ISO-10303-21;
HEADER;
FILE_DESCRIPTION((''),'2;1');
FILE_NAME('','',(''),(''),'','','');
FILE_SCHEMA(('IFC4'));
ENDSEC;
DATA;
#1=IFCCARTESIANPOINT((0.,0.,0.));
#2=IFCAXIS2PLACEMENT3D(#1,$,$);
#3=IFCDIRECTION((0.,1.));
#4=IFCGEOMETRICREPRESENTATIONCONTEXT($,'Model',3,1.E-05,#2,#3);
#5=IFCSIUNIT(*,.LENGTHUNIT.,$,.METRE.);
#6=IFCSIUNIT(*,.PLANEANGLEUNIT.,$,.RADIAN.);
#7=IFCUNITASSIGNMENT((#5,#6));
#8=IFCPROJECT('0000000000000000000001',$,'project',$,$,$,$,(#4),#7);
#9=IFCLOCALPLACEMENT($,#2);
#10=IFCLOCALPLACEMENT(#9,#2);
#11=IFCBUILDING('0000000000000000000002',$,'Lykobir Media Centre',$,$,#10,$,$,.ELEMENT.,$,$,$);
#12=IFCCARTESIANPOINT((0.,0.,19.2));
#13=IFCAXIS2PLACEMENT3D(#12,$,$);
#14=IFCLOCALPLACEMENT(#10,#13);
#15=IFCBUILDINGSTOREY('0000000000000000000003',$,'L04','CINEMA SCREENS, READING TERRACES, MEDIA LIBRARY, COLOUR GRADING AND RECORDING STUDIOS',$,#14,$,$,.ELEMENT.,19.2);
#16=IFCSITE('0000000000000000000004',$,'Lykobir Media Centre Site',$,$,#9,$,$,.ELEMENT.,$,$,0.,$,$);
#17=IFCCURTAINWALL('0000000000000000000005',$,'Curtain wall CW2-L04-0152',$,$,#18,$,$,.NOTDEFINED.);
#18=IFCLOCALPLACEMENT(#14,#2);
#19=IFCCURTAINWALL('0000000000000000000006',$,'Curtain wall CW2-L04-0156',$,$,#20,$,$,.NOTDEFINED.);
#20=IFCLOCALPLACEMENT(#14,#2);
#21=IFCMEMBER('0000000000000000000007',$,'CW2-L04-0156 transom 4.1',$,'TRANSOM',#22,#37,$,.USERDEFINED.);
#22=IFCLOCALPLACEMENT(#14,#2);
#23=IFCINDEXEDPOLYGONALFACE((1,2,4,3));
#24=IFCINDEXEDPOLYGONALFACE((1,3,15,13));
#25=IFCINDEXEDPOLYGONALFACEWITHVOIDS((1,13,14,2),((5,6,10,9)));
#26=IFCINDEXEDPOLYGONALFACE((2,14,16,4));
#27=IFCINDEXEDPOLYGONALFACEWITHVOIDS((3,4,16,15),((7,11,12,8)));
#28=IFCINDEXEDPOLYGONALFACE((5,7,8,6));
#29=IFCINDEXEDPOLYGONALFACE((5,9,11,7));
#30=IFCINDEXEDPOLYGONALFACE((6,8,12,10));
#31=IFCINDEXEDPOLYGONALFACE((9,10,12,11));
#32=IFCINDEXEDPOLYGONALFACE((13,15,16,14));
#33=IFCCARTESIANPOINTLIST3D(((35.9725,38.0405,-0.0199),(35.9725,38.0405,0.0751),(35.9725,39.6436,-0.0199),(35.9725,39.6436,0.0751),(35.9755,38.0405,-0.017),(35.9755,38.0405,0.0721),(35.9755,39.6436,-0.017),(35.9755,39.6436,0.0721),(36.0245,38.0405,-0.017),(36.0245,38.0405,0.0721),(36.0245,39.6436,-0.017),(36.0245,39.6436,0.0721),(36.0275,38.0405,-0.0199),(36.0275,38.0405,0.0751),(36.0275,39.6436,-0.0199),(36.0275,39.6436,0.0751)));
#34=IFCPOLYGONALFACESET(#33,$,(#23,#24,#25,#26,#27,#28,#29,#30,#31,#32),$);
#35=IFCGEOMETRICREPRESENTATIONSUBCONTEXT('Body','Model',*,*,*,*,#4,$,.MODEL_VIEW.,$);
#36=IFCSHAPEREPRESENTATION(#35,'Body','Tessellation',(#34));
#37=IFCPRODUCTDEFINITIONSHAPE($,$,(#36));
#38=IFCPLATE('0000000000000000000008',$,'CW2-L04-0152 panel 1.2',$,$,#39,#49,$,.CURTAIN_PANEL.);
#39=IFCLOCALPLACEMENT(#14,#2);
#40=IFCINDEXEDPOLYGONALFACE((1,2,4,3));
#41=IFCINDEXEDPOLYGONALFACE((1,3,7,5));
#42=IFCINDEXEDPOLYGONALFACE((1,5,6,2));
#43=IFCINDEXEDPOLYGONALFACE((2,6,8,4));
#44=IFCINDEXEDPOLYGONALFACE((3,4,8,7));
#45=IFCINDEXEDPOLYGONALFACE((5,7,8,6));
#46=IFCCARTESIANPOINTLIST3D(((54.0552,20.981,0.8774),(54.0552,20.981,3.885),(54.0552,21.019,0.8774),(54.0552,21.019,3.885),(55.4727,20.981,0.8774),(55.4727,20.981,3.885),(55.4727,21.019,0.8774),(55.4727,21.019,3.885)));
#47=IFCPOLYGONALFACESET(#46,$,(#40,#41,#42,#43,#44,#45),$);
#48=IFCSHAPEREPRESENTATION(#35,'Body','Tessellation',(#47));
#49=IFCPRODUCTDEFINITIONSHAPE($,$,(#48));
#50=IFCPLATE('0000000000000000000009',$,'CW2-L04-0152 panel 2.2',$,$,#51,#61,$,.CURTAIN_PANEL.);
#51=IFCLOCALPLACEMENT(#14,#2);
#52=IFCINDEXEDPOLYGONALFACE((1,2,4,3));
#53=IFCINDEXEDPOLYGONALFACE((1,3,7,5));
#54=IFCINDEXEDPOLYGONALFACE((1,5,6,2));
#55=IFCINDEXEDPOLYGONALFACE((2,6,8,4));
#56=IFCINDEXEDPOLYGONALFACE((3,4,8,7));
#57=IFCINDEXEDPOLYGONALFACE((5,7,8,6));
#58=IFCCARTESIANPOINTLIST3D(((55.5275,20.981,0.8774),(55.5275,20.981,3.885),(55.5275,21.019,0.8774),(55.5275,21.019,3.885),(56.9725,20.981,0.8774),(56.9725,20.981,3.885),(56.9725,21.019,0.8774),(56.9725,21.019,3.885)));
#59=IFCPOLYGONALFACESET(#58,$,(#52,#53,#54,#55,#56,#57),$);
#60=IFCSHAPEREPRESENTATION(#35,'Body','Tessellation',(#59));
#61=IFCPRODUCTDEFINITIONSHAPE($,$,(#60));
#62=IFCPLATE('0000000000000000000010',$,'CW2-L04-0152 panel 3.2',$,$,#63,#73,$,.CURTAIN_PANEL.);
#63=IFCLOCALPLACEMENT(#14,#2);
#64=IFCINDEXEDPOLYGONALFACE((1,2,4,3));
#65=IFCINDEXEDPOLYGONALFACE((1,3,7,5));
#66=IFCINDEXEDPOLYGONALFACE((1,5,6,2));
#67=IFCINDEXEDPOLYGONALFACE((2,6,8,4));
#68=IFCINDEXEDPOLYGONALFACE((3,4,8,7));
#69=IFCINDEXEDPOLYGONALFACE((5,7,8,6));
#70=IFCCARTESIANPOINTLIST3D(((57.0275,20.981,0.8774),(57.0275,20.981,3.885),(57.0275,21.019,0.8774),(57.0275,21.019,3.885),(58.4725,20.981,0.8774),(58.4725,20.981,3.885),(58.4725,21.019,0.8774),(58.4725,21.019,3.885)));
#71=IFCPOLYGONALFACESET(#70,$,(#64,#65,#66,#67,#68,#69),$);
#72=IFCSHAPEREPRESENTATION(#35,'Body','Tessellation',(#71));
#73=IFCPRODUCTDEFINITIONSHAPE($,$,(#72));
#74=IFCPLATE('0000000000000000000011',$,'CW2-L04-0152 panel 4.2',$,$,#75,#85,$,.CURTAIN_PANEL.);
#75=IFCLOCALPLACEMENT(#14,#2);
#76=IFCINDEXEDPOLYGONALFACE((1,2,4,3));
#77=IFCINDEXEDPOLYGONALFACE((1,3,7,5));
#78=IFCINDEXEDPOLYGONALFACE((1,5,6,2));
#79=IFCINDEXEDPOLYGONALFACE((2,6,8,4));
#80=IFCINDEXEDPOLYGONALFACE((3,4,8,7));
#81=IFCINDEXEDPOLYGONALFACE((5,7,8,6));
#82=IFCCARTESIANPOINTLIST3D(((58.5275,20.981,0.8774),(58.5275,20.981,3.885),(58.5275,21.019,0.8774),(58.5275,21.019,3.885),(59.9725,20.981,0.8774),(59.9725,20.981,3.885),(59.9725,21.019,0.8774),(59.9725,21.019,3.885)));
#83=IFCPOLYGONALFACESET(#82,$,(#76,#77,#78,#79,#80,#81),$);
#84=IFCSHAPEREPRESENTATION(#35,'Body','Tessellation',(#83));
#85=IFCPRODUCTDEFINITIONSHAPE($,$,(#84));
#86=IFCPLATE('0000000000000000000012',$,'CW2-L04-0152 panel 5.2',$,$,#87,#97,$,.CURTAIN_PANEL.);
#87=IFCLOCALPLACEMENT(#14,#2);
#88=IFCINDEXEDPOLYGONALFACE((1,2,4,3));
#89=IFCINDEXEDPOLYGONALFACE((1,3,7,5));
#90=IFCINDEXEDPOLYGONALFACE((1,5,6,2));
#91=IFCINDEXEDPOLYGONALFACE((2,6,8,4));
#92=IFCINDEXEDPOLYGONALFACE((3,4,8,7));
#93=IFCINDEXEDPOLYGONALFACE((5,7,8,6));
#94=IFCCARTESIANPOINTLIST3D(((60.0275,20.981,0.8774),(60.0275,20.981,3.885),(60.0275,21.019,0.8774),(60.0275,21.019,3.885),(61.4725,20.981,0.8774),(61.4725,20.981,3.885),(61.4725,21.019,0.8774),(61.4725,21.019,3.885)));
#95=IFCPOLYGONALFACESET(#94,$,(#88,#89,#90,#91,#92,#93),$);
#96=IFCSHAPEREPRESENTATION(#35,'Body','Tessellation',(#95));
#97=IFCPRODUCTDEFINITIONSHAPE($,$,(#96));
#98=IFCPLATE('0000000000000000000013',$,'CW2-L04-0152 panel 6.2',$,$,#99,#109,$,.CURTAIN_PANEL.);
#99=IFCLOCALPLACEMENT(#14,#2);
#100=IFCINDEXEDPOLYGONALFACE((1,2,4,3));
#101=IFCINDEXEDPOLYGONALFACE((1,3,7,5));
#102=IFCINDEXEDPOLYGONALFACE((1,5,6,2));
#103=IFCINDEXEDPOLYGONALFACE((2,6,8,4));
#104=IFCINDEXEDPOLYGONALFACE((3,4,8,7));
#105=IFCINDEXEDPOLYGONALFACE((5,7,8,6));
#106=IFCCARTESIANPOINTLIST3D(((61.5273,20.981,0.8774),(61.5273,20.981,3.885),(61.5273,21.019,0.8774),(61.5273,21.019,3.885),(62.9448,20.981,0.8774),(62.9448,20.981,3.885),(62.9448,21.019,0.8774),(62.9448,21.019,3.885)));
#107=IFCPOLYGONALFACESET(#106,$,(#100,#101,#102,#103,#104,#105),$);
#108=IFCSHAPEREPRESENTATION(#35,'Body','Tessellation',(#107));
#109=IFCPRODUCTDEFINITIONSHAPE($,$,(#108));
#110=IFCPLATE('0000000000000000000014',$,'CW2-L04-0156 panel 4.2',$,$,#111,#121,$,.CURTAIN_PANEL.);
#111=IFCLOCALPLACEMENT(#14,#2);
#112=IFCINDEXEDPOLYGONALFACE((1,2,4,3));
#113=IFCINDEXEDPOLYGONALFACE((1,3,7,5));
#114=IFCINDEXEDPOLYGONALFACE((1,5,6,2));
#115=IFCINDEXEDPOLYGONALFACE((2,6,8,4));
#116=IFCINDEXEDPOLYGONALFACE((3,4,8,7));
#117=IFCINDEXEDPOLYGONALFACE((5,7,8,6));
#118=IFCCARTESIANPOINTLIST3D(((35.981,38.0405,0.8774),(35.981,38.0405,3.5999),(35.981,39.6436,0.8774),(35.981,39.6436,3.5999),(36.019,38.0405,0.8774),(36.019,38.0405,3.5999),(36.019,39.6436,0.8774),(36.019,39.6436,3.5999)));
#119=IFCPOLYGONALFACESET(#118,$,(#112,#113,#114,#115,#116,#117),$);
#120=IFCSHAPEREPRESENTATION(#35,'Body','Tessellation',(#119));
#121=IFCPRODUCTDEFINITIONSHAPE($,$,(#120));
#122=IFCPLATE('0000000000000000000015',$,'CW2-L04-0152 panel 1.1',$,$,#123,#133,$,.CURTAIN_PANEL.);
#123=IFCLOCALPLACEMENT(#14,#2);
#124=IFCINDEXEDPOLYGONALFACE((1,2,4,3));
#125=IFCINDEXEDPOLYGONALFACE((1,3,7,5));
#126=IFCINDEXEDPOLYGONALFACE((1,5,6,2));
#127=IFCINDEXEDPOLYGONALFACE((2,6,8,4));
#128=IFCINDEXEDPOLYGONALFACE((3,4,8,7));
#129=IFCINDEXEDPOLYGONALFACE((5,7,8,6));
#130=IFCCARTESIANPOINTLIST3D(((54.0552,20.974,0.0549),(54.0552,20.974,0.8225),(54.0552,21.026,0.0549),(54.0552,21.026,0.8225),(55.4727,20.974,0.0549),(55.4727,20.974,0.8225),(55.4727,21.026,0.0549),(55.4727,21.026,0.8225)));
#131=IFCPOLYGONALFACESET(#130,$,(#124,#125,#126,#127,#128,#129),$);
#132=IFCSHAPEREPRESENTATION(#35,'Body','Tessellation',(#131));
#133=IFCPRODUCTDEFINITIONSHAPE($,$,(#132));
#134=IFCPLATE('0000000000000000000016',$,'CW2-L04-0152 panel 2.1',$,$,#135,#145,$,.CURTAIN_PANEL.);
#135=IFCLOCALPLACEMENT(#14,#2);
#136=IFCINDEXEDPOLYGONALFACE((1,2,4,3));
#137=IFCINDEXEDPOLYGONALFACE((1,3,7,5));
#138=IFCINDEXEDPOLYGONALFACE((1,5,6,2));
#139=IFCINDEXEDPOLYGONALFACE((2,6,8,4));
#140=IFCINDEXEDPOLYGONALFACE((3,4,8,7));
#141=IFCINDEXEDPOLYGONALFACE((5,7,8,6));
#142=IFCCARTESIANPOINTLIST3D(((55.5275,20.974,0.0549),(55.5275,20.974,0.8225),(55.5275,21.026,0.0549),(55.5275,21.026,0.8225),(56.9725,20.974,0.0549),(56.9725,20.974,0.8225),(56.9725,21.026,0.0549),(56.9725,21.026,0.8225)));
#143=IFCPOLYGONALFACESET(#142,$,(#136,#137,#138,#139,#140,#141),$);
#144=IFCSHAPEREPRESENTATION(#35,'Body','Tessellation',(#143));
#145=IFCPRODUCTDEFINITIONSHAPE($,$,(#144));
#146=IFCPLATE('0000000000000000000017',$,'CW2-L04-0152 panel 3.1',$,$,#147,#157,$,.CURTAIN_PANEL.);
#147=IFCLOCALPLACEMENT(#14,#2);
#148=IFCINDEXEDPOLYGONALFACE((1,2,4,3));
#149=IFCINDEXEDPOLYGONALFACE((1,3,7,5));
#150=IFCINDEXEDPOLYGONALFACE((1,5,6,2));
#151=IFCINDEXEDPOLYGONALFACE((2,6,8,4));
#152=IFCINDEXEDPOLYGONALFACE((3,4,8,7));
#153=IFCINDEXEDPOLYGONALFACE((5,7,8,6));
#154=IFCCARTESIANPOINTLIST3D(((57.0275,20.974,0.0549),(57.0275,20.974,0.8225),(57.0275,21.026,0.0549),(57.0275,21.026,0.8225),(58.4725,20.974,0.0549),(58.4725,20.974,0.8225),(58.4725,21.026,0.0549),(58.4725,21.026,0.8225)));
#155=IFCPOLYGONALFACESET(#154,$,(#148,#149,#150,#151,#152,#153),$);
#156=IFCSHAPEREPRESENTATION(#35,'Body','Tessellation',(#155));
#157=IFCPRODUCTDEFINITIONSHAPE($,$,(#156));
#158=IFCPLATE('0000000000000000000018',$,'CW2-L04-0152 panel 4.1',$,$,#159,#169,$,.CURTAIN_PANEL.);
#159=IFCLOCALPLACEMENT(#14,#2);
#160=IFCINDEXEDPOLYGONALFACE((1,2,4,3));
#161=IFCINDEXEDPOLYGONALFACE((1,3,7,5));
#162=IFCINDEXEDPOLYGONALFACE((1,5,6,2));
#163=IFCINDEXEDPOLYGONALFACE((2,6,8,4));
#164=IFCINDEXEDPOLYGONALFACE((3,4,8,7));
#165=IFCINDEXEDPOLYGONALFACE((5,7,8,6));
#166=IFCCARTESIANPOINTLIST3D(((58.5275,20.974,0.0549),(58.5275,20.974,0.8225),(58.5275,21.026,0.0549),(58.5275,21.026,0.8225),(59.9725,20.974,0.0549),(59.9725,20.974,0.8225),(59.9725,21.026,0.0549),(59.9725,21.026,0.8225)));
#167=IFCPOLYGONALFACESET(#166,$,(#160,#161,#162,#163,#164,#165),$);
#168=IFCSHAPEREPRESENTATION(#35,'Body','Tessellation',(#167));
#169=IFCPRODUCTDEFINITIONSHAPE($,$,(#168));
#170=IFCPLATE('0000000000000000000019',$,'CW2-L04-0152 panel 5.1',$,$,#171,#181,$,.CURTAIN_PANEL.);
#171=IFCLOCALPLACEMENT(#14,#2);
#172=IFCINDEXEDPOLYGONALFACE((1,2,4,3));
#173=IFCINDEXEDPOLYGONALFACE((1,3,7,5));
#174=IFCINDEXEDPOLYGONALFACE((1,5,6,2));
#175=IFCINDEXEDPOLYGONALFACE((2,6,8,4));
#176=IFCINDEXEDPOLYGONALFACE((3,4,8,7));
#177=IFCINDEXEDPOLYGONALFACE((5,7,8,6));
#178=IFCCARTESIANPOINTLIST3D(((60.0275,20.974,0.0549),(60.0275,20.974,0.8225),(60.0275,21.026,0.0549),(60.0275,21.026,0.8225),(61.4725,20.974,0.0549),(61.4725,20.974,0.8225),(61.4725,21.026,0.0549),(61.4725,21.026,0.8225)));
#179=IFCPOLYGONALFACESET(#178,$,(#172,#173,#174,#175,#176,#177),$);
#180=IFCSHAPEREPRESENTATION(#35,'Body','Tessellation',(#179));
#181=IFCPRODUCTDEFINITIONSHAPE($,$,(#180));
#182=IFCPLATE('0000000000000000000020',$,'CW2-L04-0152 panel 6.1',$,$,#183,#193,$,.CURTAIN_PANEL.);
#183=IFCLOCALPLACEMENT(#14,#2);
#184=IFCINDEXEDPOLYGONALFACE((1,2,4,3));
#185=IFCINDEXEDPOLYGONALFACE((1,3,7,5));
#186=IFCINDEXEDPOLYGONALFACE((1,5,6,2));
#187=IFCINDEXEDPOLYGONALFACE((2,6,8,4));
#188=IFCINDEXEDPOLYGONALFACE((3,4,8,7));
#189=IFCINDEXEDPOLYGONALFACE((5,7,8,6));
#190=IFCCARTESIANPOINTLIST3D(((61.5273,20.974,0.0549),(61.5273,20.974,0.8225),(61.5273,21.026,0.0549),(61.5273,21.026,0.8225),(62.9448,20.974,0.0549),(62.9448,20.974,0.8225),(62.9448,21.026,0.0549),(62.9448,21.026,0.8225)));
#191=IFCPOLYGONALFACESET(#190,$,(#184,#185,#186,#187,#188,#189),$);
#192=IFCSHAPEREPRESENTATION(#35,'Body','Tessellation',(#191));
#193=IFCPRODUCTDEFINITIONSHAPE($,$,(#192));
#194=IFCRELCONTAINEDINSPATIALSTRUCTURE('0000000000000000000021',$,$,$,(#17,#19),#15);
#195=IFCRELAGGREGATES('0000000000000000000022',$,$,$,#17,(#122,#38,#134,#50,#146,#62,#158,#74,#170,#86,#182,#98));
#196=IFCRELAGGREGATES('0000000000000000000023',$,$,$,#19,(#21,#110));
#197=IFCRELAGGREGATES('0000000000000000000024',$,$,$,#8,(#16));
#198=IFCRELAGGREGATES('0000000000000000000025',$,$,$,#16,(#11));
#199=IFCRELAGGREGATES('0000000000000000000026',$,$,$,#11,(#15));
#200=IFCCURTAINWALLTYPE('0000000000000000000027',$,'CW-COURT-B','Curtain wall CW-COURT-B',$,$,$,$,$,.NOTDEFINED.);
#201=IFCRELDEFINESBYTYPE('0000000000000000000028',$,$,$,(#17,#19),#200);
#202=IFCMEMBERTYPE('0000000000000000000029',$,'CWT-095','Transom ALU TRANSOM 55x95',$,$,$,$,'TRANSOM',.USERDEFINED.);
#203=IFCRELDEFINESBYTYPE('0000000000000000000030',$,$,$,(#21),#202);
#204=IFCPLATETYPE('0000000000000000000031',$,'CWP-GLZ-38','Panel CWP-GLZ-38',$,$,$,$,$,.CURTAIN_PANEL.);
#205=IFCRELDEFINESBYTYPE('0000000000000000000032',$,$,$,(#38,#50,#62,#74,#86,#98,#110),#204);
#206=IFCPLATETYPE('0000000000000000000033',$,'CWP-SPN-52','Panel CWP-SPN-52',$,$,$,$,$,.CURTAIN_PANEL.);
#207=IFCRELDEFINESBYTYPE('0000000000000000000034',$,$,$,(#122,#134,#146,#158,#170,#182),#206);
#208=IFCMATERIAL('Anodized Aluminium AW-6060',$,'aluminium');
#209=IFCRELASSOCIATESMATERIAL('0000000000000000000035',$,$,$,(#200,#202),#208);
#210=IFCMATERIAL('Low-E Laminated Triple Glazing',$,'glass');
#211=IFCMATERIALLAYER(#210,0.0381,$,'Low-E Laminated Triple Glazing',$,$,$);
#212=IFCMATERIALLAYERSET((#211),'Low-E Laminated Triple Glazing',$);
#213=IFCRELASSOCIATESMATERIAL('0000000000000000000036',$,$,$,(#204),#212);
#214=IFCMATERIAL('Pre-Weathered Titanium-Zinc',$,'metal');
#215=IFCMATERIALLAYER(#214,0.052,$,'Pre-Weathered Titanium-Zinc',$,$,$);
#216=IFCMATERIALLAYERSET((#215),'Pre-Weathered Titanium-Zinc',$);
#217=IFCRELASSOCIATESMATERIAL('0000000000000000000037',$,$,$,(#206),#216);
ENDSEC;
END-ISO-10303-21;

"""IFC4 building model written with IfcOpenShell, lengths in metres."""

from ifc_helpers import new_model, si_unit, direction, frame, origin, origin_2d, place, context, subcontext, project, spatial, rectangle, hollow_rectangle, extrude, material, layer, layer_set, material_profile, profile_set, type_object, element, aggregate, save


model = new_model("IFC4")

# Units and contexts
model_context = context("Model", 3, precision=1e-05, world=origin(), true_north=direction((0.0, 1.0)))
body_context = subcontext(model_context, "Body", "Model", "MODEL_VIEW")
ifc_project = project(units=[si_unit("LENGTHUNIT", "METRE"), si_unit("PLANEANGLEUNIT", "RADIAN")], contexts=[model_context])

# Site, building, storey
site_placement = place(None, origin())
site = spatial("IfcSite", under=ifc_project, at=site_placement, Name="Lykobir Media Centre Site", CompositionType="ELEMENT", RefElevation=0.0)
building_placement = place(site_placement, origin())
building = spatial("IfcBuilding", under=site, at=building_placement, Name="Lykobir Media Centre", CompositionType="ELEMENT")
storey_placement = place(building_placement, frame((0.0, 0.0, 19.2)))
storey = spatial("IfcBuildingStorey", under=building, at=storey_placement, Name="L04", Description="CINEMA SCREENS, READING TERRACES, MEDIA LIBRARY, COLOUR GRADING AND RECORDING STUDIOS", CompositionType="ELEMENT", Elevation=19.2)

# Curtain wall
ifc_material_1 = material(Name="Anodized Aluminium AW-6060", Category="aluminium")
curtain_wall_type = type_object("IfcCurtainWallType", Name="CW-COURT-B", Description="Curtain wall CW-COURT-B", PredefinedType="NOTDEFINED", material=ifc_material_1)
curtain_wall_1_placement = place(storey_placement, origin())
curtain_wall_1 = element("IfcCurtainWall", 1, at=curtain_wall_1_placement, inside=storey, type_object=curtain_wall_type, Name="Curtain wall CW2-L04-0152", PredefinedType="NOTDEFINED")

# Curtain wall
curtain_wall_2_placement = place(storey_placement, origin())
curtain_wall_2 = element("IfcCurtainWall", 2, at=curtain_wall_2_placement, inside=storey, type_object=curtain_wall_type, Name="Curtain wall CW2-L04-0156", PredefinedType="NOTDEFINED")

# Member
ifc_material_profile_1 = material_profile(ifc_material_1, hollow_rectangle(XDim=0.0549, YDim=0.095, WallThickness=0.0029, at=origin_2d()), Name="ALU TRANSOM 55x95")
ifc_profile_set_1 = profile_set([ifc_material_profile_1], Name="Anodized Aluminium AW-6060")
member_type_1 = type_object("IfcMemberType", Name="CWT-095", Description="Transom ALU TRANSOM 55x95", ElementType="TRANSOM", PredefinedType="USERDEFINED", material=ifc_profile_set_1)
member_1_placement = place(storey_placement, frame((36.0, 39.6436, 0.0276), z_axis=(0.0, -1.0, 0.0), x_axis=(1.0, 0.0, 0.0)))
member_1 = element("IfcMember", 3, at=member_1_placement, type_object=member_type_1, Name="CW2-L04-0156 transom 4.1", ObjectType="TRANSOM", PredefinedType="USERDEFINED", context=body_context, shape_type="SweptSolid", body=[
    extrude(hollow_rectangle(XDim=0.0549, YDim=0.095, WallThickness=0.0029, at=origin_2d()), origin(), (0.0, 0.0, 1.0), 1.603),
])

# Plates
ifc_material_2 = material(Name="Low-E Laminated Triple Glazing", Category="glass")
ifc_layer_1 = layer(ifc_material_2, 0.0381, Name="Low-E Laminated Triple Glazing")
ifc_layer_set_1 = layer_set([ifc_layer_1], Name="Low-E Laminated Triple Glazing")
plate_type_1 = type_object("IfcPlateType", Name="CWP-GLZ-38", Description="Panel CWP-GLZ-38", PredefinedType="CURTAIN_PANEL", material=ifc_layer_set_1)
plate_1_placement = place(storey_placement, frame((54.7639, 21.0, 0.8774), z_axis=(0.0, 0.0, 1.0), x_axis=(1.0, 0.0, 0.0)))
plate_1 = element("IfcPlate", 4, at=plate_1_placement, type_object=plate_type_1, Name="CW2-L04-0152 panel 1.2", PredefinedType="CURTAIN_PANEL", context=body_context, shape_type="SweptSolid", body=[
    extrude(rectangle(XDim=1.4175, YDim=0.0381, at=origin_2d()), origin(), (0.0, 0.0, 1.0), 3.0076),
])
plate_2_placement = place(storey_placement, frame((56.25, 21.0, 0.8774), z_axis=(0.0, 0.0, 1.0), x_axis=(1.0, 0.0, 0.0)))
plate_2 = element("IfcPlate", 5, at=plate_2_placement, type_object=plate_type_1, Name="CW2-L04-0152 panel 2.2", PredefinedType="CURTAIN_PANEL", context=body_context, shape_type="SweptSolid", body=[
    extrude(rectangle(XDim=1.4451, YDim=0.0381, at=origin_2d()), origin(), (0.0, 0.0, 1.0), 3.0076),
])
plate_3_placement = place(storey_placement, frame((57.75, 21.0, 0.8774), z_axis=(0.0, 0.0, 1.0), x_axis=(1.0, 0.0, 0.0)))
plate_3 = element("IfcPlate", 6, at=plate_3_placement, type_object=plate_type_1, Name="CW2-L04-0152 panel 3.2", PredefinedType="CURTAIN_PANEL", context=body_context, shape_type="SweptSolid", body=[
    extrude(rectangle(XDim=1.4451, YDim=0.0381, at=origin_2d()), origin(), (0.0, 0.0, 1.0), 3.0076),
])
plate_4_placement = place(storey_placement, frame((59.25, 21.0, 0.8774), z_axis=(0.0, 0.0, 1.0), x_axis=(1.0, 0.0, 0.0)))
plate_4 = element("IfcPlate", 7, at=plate_4_placement, type_object=plate_type_1, Name="CW2-L04-0152 panel 4.2", PredefinedType="CURTAIN_PANEL", context=body_context, shape_type="SweptSolid", body=[
    extrude(rectangle(XDim=1.4451, YDim=0.0381, at=origin_2d()), origin(), (0.0, 0.0, 1.0), 3.0076),
])
plate_5_placement = place(storey_placement, frame((60.75, 21.0, 0.8774), z_axis=(0.0, 0.0, 1.0), x_axis=(1.0, 0.0, 0.0)))
plate_5 = element("IfcPlate", 8, at=plate_5_placement, type_object=plate_type_1, Name="CW2-L04-0152 panel 5.2", PredefinedType="CURTAIN_PANEL", context=body_context, shape_type="SweptSolid", body=[
    extrude(rectangle(XDim=1.4451, YDim=0.0381, at=origin_2d()), origin(), (0.0, 0.0, 1.0), 3.0076),
])
plate_6_placement = place(storey_placement, frame((62.2361, 21.0, 0.8774), z_axis=(0.0, 0.0, 1.0), x_axis=(1.0, 0.0, 0.0)))
plate_6 = element("IfcPlate", 9, at=plate_6_placement, type_object=plate_type_1, Name="CW2-L04-0152 panel 6.2", PredefinedType="CURTAIN_PANEL", context=body_context, shape_type="SweptSolid", body=[
    extrude(rectangle(XDim=1.4175, YDim=0.0381, at=origin_2d()), origin(), (0.0, 0.0, 1.0), 3.0076),
])
plate_7_placement = place(storey_placement, frame((36.0, 38.842, 0.8774), z_axis=(0.0, 0.0, 1.0), x_axis=(0.0, -1.0, 0.0)))
plate_7 = element("IfcPlate", 10, at=plate_7_placement, type_object=plate_type_1, Name="CW2-L04-0156 panel 4.2", PredefinedType="CURTAIN_PANEL", context=body_context, shape_type="SweptSolid", body=[
    extrude(rectangle(XDim=1.603, YDim=0.0381, at=origin_2d()), origin(), (0.0, 0.0, 1.0), 2.7224),
])
ifc_material_3 = material(Name="Pre-Weathered Titanium-Zinc", Category="metal")
ifc_layer_2 = layer(ifc_material_3, 0.052, Name="Pre-Weathered Titanium-Zinc")
ifc_layer_set_2 = layer_set([ifc_layer_2], Name="Pre-Weathered Titanium-Zinc")
plate_type_2 = type_object("IfcPlateType", Name="CWP-SPN-52", Description="Panel CWP-SPN-52", PredefinedType="CURTAIN_PANEL", material=ifc_layer_set_2)
plate_8_placement = place(storey_placement, frame((54.7639, 21.0, 0.0549), z_axis=(0.0, 0.0, 1.0), x_axis=(1.0, 0.0, 0.0)))
plate_8 = element("IfcPlate", 11, at=plate_8_placement, type_object=plate_type_2, Name="CW2-L04-0152 panel 1.1", PredefinedType="CURTAIN_PANEL", context=body_context, shape_type="SweptSolid", body=[
    extrude(rectangle(XDim=1.4175, YDim=0.052, at=origin_2d()), origin(), (0.0, 0.0, 1.0), 0.7676),
])
plate_9_placement = place(storey_placement, frame((56.25, 21.0, 0.0549), z_axis=(0.0, 0.0, 1.0), x_axis=(1.0, 0.0, 0.0)))
plate_9 = element("IfcPlate", 12, at=plate_9_placement, type_object=plate_type_2, Name="CW2-L04-0152 panel 2.1", PredefinedType="CURTAIN_PANEL", context=body_context, shape_type="SweptSolid", body=[
    extrude(rectangle(XDim=1.4451, YDim=0.052, at=origin_2d()), origin(), (0.0, 0.0, 1.0), 0.7676),
])
plate_10_placement = place(storey_placement, frame((57.75, 21.0, 0.0549), z_axis=(0.0, 0.0, 1.0), x_axis=(1.0, 0.0, 0.0)))
plate_10 = element("IfcPlate", 13, at=plate_10_placement, type_object=plate_type_2, Name="CW2-L04-0152 panel 3.1", PredefinedType="CURTAIN_PANEL", context=body_context, shape_type="SweptSolid", body=[
    extrude(rectangle(XDim=1.4451, YDim=0.052, at=origin_2d()), origin(), (0.0, 0.0, 1.0), 0.7676),
])
plate_11_placement = place(storey_placement, frame((59.25, 21.0, 0.0549), z_axis=(0.0, 0.0, 1.0), x_axis=(1.0, 0.0, 0.0)))
plate_11 = element("IfcPlate", 14, at=plate_11_placement, type_object=plate_type_2, Name="CW2-L04-0152 panel 4.1", PredefinedType="CURTAIN_PANEL", context=body_context, shape_type="SweptSolid", body=[
    extrude(rectangle(XDim=1.4451, YDim=0.052, at=origin_2d()), origin(), (0.0, 0.0, 1.0), 0.7676),
])
plate_12_placement = place(storey_placement, frame((60.75, 21.0, 0.0549), z_axis=(0.0, 0.0, 1.0), x_axis=(1.0, 0.0, 0.0)))
plate_12 = element("IfcPlate", 15, at=plate_12_placement, type_object=plate_type_2, Name="CW2-L04-0152 panel 5.1", PredefinedType="CURTAIN_PANEL", context=body_context, shape_type="SweptSolid", body=[
    extrude(rectangle(XDim=1.4451, YDim=0.052, at=origin_2d()), origin(), (0.0, 0.0, 1.0), 0.7676),
])
plate_13_placement = place(storey_placement, frame((62.2361, 21.0, 0.0549), z_axis=(0.0, 0.0, 1.0), x_axis=(1.0, 0.0, 0.0)))
plate_13 = element("IfcPlate", 16, at=plate_13_placement, type_object=plate_type_2, Name="CW2-L04-0152 panel 6.1", PredefinedType="CURTAIN_PANEL", context=body_context, shape_type="SweptSolid", body=[
    extrude(rectangle(XDim=1.4175, YDim=0.052, at=origin_2d()), origin(), (0.0, 0.0, 1.0), 0.7676),
])
aggregate(curtain_wall_1, [plate_8, plate_1, plate_9, plate_2, plate_10, plate_3, plate_11, plate_4, plate_12, plate_5, plate_13, plate_6])
aggregate(curtain_wall_2, [member_1, plate_7])

save(model, "model.ifc")
